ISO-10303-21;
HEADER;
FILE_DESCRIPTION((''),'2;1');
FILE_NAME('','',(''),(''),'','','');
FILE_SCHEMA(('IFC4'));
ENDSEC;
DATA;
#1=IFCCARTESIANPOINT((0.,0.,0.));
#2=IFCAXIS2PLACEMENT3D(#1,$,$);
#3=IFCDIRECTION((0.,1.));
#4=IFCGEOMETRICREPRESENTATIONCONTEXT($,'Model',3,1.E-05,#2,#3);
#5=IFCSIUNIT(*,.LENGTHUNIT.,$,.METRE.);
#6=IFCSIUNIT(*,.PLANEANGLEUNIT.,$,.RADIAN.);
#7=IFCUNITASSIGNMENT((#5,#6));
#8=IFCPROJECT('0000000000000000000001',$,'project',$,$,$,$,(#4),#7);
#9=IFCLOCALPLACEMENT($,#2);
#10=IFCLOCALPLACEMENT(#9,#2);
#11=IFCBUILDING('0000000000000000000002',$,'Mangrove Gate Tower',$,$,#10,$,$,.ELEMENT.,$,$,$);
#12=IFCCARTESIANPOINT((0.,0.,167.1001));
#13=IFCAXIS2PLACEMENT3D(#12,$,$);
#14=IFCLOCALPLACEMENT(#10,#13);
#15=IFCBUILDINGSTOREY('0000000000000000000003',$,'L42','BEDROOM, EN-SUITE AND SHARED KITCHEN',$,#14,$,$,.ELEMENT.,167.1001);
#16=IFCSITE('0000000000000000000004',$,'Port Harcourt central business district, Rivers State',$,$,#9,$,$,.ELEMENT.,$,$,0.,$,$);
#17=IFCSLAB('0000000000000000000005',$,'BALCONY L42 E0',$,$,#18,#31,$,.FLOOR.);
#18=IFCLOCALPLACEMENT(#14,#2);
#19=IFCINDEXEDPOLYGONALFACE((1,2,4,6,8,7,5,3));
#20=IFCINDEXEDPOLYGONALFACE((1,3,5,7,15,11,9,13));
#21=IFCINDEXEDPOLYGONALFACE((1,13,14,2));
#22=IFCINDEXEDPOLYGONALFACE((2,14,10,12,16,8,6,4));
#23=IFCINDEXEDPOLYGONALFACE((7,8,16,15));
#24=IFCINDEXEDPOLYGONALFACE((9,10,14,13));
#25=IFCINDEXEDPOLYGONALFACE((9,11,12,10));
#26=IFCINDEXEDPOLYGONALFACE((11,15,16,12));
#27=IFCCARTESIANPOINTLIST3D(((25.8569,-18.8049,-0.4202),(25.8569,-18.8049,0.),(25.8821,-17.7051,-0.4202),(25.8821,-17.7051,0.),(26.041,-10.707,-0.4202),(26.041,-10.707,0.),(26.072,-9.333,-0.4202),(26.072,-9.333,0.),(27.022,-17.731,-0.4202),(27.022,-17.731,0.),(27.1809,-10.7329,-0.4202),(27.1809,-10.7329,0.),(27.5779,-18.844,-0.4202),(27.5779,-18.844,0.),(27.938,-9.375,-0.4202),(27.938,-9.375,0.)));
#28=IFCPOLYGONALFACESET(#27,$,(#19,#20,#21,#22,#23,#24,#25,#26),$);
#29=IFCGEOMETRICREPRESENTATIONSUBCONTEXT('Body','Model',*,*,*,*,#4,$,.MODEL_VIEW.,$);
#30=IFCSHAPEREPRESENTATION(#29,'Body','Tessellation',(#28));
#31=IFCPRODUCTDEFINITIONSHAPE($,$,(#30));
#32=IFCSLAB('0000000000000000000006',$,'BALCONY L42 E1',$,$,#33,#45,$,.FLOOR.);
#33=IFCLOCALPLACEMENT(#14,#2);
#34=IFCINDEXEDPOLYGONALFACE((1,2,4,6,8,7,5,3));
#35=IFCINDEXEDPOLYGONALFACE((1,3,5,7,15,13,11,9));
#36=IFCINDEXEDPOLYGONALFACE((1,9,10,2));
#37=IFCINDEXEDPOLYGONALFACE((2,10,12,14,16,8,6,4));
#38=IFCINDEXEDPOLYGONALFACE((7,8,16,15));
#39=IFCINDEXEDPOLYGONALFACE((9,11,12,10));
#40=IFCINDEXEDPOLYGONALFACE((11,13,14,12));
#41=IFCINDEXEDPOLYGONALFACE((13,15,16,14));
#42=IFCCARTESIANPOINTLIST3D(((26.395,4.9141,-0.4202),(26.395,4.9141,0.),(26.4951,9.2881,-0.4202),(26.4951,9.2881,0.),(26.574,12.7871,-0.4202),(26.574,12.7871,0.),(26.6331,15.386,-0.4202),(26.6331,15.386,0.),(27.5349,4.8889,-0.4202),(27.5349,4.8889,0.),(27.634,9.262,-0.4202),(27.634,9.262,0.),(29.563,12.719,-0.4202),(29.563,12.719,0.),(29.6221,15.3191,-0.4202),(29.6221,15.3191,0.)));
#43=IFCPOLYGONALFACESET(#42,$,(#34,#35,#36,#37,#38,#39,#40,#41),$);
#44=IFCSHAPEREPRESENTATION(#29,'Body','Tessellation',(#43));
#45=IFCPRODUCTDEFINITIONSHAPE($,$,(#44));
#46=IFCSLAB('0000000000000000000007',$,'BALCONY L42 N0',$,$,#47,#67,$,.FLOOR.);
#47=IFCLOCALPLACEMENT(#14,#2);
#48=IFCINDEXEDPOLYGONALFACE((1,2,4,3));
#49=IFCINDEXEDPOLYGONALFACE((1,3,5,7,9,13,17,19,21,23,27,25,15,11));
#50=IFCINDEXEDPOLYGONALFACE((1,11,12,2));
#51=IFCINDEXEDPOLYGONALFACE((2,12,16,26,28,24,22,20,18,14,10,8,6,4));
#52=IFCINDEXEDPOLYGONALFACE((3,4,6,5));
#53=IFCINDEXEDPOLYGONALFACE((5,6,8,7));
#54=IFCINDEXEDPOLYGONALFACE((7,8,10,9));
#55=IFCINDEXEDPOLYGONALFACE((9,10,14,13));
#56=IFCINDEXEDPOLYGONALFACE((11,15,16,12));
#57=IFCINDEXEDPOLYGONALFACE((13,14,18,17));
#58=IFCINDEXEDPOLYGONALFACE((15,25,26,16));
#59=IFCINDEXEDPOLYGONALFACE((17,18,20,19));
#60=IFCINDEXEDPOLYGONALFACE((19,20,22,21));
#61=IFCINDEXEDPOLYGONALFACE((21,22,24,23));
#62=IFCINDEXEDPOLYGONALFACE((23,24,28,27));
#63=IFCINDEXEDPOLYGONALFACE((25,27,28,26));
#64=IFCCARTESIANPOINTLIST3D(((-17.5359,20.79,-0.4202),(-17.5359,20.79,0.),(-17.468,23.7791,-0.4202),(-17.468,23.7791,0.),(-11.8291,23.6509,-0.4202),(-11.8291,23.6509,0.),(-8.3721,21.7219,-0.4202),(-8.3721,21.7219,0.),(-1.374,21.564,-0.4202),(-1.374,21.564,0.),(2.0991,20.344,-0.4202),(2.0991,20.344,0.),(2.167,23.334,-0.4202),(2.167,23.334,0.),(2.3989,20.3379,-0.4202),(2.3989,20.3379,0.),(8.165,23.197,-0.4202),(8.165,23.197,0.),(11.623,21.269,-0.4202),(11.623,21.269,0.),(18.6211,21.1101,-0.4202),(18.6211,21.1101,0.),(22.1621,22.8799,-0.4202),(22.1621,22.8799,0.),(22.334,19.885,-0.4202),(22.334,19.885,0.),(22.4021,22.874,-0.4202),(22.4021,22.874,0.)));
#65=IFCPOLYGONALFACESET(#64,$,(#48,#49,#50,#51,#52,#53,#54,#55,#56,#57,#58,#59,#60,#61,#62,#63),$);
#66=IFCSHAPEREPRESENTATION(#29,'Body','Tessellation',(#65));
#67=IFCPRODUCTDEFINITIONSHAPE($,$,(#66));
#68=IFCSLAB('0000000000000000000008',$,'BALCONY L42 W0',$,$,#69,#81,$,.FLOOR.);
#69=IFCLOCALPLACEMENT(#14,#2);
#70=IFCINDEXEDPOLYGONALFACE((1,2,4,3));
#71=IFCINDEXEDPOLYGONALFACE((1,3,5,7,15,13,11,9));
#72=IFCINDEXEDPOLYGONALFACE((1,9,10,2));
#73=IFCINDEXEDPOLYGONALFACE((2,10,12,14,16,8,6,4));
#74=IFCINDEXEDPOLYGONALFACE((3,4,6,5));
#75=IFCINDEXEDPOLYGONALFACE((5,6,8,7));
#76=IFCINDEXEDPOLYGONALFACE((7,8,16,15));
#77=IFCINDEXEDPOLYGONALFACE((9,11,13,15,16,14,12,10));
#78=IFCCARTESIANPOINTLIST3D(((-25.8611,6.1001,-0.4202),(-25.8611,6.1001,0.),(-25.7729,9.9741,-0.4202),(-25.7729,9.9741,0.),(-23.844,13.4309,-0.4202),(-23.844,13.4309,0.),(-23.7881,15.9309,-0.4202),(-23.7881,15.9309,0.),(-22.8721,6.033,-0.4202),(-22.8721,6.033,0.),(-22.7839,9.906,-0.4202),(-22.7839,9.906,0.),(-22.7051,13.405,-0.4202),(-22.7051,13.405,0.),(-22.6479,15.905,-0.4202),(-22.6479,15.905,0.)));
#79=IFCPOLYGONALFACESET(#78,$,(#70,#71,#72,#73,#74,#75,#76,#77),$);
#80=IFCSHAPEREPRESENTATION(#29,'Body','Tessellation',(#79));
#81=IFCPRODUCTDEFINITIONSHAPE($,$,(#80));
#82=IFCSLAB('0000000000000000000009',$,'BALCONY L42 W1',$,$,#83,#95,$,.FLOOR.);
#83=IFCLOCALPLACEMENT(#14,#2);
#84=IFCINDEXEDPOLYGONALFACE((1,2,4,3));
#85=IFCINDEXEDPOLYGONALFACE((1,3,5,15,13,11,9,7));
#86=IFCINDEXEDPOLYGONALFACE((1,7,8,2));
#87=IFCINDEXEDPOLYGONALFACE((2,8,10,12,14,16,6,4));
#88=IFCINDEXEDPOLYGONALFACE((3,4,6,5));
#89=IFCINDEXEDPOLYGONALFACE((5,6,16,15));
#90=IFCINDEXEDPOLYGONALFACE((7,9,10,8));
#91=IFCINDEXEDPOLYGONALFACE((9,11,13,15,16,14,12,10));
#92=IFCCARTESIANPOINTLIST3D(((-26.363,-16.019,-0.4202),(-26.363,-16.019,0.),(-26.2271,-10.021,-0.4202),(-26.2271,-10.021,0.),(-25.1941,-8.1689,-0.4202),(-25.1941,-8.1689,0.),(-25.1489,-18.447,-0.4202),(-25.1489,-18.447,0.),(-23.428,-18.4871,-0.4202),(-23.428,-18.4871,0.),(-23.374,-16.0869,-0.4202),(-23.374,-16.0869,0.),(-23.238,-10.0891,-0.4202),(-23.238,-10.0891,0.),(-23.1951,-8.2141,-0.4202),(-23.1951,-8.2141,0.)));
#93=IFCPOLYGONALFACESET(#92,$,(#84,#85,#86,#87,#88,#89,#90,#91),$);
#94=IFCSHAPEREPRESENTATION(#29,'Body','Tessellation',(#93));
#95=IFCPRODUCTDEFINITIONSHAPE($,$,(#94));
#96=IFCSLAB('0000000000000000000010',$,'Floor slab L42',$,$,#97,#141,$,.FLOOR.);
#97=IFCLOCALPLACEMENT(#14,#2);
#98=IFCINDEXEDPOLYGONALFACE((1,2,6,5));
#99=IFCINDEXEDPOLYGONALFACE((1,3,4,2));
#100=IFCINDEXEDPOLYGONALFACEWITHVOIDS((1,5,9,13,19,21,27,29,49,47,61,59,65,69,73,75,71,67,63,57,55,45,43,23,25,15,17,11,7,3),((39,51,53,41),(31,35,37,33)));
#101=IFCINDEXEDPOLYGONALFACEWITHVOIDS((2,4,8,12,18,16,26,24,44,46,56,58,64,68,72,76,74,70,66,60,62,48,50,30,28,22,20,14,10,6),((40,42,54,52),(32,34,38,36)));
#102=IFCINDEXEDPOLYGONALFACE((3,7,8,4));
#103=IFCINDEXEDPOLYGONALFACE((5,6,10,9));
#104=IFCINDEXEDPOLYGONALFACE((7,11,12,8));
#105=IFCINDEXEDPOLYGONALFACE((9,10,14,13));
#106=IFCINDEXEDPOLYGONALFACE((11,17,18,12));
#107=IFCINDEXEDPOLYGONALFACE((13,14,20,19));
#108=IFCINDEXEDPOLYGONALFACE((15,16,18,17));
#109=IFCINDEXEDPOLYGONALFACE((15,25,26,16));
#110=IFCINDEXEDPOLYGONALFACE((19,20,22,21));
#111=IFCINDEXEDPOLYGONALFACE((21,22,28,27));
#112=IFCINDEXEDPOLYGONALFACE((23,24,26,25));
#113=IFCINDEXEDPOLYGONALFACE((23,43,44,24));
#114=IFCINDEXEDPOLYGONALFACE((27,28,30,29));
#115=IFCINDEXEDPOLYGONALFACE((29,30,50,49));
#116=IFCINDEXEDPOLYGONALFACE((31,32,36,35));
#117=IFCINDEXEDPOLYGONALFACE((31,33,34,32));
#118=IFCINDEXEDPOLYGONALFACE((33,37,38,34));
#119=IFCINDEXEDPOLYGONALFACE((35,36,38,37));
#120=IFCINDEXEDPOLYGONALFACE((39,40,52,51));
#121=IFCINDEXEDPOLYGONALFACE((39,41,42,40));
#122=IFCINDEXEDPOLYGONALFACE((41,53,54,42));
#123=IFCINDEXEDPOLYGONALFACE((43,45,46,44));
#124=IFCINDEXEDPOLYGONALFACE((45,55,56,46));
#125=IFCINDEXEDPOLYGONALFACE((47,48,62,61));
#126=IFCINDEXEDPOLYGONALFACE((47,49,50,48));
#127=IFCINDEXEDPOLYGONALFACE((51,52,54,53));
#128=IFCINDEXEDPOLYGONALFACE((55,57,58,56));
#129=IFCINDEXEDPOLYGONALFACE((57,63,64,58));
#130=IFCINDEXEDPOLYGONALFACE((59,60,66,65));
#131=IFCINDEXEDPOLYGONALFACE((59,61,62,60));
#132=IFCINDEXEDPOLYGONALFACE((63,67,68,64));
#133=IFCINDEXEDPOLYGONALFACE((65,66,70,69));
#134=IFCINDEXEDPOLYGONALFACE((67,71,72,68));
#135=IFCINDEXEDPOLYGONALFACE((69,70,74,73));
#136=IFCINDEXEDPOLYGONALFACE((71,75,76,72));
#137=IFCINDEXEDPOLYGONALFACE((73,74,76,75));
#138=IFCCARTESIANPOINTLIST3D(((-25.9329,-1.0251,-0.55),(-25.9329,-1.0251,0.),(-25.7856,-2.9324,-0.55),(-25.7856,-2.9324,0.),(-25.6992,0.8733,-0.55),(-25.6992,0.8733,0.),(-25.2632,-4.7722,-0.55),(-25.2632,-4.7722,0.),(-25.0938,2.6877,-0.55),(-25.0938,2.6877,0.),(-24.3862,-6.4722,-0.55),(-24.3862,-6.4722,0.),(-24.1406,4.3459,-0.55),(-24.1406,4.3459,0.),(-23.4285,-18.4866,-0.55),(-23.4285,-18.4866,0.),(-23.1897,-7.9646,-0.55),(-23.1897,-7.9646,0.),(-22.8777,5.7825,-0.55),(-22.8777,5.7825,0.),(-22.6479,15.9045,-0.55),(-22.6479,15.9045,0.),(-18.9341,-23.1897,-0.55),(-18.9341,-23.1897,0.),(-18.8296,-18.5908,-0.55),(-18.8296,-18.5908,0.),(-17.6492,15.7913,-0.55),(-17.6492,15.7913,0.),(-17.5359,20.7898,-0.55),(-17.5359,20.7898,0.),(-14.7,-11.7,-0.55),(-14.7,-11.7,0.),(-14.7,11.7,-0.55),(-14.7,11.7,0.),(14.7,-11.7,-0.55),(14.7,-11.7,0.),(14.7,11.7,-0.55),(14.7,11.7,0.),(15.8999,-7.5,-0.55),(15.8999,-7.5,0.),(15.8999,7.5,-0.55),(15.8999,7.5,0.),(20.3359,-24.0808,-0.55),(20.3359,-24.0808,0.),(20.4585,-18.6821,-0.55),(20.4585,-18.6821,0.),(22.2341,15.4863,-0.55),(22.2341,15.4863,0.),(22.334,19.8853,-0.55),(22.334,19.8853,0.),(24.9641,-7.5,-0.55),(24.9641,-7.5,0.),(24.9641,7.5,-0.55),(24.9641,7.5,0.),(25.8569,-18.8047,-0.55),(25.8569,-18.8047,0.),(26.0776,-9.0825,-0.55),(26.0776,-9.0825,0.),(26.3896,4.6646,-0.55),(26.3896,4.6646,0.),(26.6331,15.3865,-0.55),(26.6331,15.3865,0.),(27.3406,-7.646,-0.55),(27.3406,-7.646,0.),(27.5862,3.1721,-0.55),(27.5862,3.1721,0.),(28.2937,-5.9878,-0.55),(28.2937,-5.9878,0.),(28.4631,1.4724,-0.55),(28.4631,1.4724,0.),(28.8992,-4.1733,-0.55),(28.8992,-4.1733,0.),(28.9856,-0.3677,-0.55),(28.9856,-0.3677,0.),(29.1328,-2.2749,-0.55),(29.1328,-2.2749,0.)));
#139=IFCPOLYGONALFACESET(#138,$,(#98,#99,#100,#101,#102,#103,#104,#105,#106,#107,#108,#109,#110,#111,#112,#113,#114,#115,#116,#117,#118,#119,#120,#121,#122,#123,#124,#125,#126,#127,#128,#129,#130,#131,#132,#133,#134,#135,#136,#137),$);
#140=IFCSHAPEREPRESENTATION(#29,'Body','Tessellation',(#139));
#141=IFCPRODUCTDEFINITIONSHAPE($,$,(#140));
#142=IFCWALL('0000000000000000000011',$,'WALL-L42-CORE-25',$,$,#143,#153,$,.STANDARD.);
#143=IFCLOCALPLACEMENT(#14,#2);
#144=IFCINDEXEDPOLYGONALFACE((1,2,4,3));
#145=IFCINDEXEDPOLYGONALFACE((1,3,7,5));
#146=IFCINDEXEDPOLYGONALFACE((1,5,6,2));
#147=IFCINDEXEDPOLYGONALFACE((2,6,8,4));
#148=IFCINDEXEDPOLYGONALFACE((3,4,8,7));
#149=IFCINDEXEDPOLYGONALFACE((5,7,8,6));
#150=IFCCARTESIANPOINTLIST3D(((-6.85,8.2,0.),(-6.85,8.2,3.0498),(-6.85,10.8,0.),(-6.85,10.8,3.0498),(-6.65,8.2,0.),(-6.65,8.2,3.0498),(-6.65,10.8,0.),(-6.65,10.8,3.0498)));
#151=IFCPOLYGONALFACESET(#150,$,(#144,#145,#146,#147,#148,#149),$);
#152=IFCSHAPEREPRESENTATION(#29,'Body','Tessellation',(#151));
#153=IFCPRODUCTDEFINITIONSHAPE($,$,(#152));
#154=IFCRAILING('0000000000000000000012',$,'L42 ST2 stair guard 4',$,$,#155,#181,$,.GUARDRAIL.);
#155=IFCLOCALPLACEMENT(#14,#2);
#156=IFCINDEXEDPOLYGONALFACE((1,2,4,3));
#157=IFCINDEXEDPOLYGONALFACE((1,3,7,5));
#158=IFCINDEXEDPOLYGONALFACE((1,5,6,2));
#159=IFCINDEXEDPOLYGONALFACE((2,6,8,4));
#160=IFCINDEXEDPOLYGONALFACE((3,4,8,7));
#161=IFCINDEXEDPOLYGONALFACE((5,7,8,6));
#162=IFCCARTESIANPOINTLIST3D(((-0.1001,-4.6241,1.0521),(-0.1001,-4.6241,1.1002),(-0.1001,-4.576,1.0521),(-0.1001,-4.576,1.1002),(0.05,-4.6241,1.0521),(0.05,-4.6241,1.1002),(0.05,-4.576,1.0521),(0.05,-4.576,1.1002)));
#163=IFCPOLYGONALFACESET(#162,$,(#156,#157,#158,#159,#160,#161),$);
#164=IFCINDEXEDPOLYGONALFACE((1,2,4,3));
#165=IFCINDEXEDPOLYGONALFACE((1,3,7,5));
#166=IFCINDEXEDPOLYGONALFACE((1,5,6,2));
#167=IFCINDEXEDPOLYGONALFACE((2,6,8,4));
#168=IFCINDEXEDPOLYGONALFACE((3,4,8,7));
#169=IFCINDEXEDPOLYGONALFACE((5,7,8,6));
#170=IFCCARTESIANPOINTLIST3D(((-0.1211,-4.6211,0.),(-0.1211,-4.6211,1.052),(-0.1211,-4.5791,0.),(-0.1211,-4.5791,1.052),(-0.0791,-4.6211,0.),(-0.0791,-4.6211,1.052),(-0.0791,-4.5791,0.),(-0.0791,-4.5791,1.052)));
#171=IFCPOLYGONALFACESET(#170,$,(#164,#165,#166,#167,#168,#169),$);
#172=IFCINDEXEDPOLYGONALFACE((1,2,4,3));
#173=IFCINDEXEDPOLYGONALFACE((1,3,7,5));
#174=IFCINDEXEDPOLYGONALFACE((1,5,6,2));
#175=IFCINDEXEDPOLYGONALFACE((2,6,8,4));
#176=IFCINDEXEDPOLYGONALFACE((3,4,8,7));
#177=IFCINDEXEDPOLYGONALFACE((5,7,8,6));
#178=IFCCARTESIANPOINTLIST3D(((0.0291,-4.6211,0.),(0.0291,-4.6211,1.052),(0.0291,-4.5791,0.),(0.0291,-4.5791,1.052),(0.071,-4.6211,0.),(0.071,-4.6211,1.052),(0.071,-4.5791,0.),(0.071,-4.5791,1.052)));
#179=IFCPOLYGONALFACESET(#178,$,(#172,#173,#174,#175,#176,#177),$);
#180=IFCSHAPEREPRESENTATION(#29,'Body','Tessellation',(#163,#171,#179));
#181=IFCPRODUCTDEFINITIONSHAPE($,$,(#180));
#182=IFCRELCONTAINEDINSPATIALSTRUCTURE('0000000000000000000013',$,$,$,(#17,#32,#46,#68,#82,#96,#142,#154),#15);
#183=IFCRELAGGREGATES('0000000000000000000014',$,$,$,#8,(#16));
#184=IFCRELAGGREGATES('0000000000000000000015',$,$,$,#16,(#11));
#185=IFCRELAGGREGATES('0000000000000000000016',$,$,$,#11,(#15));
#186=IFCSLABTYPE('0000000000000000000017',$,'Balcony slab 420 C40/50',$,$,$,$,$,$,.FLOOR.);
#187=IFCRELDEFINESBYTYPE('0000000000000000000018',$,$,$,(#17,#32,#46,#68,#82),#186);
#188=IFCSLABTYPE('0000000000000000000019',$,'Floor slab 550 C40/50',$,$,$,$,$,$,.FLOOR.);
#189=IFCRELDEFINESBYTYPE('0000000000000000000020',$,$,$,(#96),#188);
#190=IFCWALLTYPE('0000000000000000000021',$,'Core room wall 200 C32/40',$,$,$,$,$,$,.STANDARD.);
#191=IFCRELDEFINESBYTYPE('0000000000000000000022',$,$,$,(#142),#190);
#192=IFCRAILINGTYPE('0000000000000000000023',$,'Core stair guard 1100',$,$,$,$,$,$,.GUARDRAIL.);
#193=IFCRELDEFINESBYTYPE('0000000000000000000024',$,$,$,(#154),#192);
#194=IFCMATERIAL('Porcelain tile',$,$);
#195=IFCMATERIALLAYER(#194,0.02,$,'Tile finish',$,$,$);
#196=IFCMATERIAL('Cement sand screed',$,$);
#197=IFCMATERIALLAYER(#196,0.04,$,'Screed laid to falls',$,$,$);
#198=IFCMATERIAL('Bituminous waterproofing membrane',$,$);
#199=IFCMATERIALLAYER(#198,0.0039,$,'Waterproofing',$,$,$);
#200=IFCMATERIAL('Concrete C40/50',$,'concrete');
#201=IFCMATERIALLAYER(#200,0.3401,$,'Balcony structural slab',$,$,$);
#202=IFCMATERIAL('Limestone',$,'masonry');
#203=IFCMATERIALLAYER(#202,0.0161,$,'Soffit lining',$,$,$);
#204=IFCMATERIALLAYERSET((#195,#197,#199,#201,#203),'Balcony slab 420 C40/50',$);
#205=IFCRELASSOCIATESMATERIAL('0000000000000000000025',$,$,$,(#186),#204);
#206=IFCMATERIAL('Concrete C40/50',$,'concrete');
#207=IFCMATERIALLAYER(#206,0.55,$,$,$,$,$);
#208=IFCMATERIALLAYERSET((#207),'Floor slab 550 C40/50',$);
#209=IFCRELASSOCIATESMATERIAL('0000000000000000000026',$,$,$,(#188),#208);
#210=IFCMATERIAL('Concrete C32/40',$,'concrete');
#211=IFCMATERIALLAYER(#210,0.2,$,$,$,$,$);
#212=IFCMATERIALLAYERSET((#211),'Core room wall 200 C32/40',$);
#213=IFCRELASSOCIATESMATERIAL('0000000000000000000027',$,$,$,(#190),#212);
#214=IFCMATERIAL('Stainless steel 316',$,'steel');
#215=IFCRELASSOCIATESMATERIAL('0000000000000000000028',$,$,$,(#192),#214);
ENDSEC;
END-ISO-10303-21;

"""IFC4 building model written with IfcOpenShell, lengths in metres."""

from ifc_helpers import new_model, si_unit, direction, frame, frame_2d, origin, origin_2d, place, context, subcontext, project, spatial, polyline, rectangle, outline, extrude, material, layer, layer_set, type_object, element, save


model = new_model("IFC4")

# Units and contexts
model_context = context("Model", 3, precision=1e-05, world=origin(), true_north=direction((0.0, 1.0)))
body_context = subcontext(model_context, "Body", "Model", "MODEL_VIEW")
ifc_project = project(units=[si_unit("LENGTHUNIT", "METRE"), si_unit("PLANEANGLEUNIT", "RADIAN")], contexts=[model_context])

# Site, building, storey
site_placement = place(None, origin())
site = spatial("IfcSite", under=ifc_project, at=site_placement, Name="Port Harcourt central business district, Rivers State", CompositionType="ELEMENT", RefElevation=0.0)
building_placement = place(site_placement, origin())
building = spatial("IfcBuilding", under=site, at=building_placement, Name="Mangrove Gate Tower", CompositionType="ELEMENT")
storey_placement = place(building_placement, frame((0.0, 0.0, 167.1001)))
storey = spatial("IfcBuildingStorey", under=building, at=storey_placement, Name="L42", Description="BEDROOM, EN-SUITE AND SHARED KITCHEN", CompositionType="ELEMENT", Elevation=167.1001)

# Slabs
ifc_material_1 = material(Name="Porcelain tile")
ifc_layer_1 = layer(ifc_material_1, 0.02, Name="Tile finish")
ifc_material_2 = material(Name="Cement sand screed")
ifc_layer_2 = layer(ifc_material_2, 0.04, Name="Screed laid to falls")
ifc_material_3 = material(Name="Bituminous waterproofing membrane")
ifc_layer_3 = layer(ifc_material_3, 0.0039, Name="Waterproofing")
ifc_material_4 = material(Name="Concrete C40/50", Category="concrete")
ifc_layer_4 = layer(ifc_material_4, 0.3401, Name="Balcony structural slab")
ifc_material_5 = material(Name="Limestone", Category="masonry")
ifc_layer_5 = layer(ifc_material_5, 0.0161, Name="Soffit lining")
ifc_layer_set_1 = layer_set([ifc_layer_1, ifc_layer_2, ifc_layer_3, ifc_layer_4, ifc_layer_5], Name="Balcony slab 420 C40/50")
slab_type_1 = type_object("IfcSlabType", Name="Balcony slab 420 C40/50", PredefinedType="FLOOR", material=ifc_layer_set_1)
slab_1_placement = place(storey_placement, frame((0.0, 0.0, -0.4202)))
element("IfcSlab", 1, at=slab_1_placement, inside=storey, type_object=slab_type_1, Name="BALCONY L42 E0", PredefinedType="FLOOR", context=body_context, shape_type="SweptSolid", body=[
    extrude(outline(polyline([(27.5779, -18.844), (27.022, -17.731), (27.1809, -10.7329), (27.938, -9.375), (26.072, -9.333), (26.041, -10.707), (25.8821, -17.7051), (25.8569, -18.8049), (27.5779, -18.844)])), origin(), (0.0, 0.0, 1.0), 0.4202),
])
slab_2_placement = place(storey_placement, frame((0.0, 0.0, -0.4202)))
element("IfcSlab", 2, at=slab_2_placement, inside=storey, type_object=slab_type_1, Name="BALCONY L42 E1", PredefinedType="FLOOR", context=body_context, shape_type="SweptSolid", body=[
    extrude(outline(polyline([(27.5349, 4.8889), (27.634, 9.262), (29.563, 12.719), (29.6221, 15.3191), (26.6331, 15.386), (26.574, 12.7871), (26.4951, 9.2881), (26.395, 4.9141), (27.5349, 4.8889)])), origin(), (0.0, 0.0, 1.0), 0.4202),
])
slab_3_placement = place(storey_placement, frame((0.0, 0.0, -0.4202)))
element("IfcSlab", 3, at=slab_3_placement, inside=storey, type_object=slab_type_1, Name="BALCONY L42 N0", PredefinedType="FLOOR", context=body_context, shape_type="SweptSolid", body=[
    extrude(outline(polyline([(22.4021, 22.874), (22.1621, 22.8799), (18.6211, 21.1101), (11.623, 21.269), (8.165, 23.197), (2.167, 23.334), (-1.374, 21.564), (-8.3721, 21.7219), (-11.8291, 23.6509), (-17.468, 23.7791), (-17.5359, 20.79), (2.0991, 20.344), (2.3989, 20.3379), (22.334, 19.885), (22.4021, 22.874)])), origin(), (0.0, 0.0, 1.0), 0.4202),
])
slab_4_placement = place(storey_placement, frame((0.0, 0.0, -0.4202)))
element("IfcSlab", 4, at=slab_4_placement, inside=storey, type_object=slab_type_1, Name="BALCONY L42 W0", PredefinedType="FLOOR", context=body_context, shape_type="SweptSolid", body=[
    extrude(outline(polyline([(-23.7881, 15.9309), (-23.844, 13.4309), (-25.7729, 9.9741), (-25.8611, 6.1001), (-22.8721, 6.033), (-22.7839, 9.906), (-22.7051, 13.405), (-22.6479, 15.905), (-23.7881, 15.9309)])), origin(), (0.0, 0.0, 1.0), 0.4202),
])
slab_5_placement = place(storey_placement, frame((0.0, 0.0, -0.4202)))
element("IfcSlab", 5, at=slab_5_placement, inside=storey, type_object=slab_type_1, Name="BALCONY L42 W1", PredefinedType="FLOOR", context=body_context, shape_type="SweptSolid", body=[
    extrude(outline(polyline([(-25.1941, -8.1689), (-26.2271, -10.021), (-26.363, -16.019), (-25.1489, -18.447), (-23.428, -18.4871), (-23.374, -16.0869), (-23.238, -10.0891), (-23.1951, -8.2141), (-25.1941, -8.1689)])), origin(), (0.0, 0.0, 1.0), 0.4202),
])
ifc_material_6 = material(Name="Concrete C40/50", Category="concrete")
ifc_layer_6 = layer(ifc_material_6, 0.55)
ifc_layer_set_2 = layer_set([ifc_layer_6], Name="Floor slab 550 C40/50")
slab_type_2 = type_object("IfcSlabType", Name="Floor slab 550 C40/50", PredefinedType="FLOOR", material=ifc_layer_set_2)
slab_6_placement = place(storey_placement, frame((0.0, 0.0, -0.55)))
element("IfcSlab", 6, at=slab_6_placement, inside=storey, type_object=slab_type_2, Name="Floor slab L42", PredefinedType="FLOOR", context=body_context, shape_type="SweptSolid", body=[
    extrude(outline(polyline([(-18.9341, -23.1897), (20.3359, -24.0808), (20.4585, -18.6821), (25.8569, -18.8047), (26.0776, -9.0825), (27.3406, -7.646), (28.2937, -5.9878), (28.8992, -4.1733), (29.1328, -2.2749), (28.9856, -0.3677), (28.4631, 1.4724), (27.5862, 3.1721), (26.3896, 4.6646), (26.6331, 15.3865), (22.2341, 15.4863), (22.334, 19.8853), (-17.5359, 20.7898), (-17.6492, 15.7913), (-22.6479, 15.9045), (-22.8777, 5.7825), (-24.1406, 4.3459), (-25.0938, 2.6877), (-25.6992, 0.8733), (-25.9329, -1.0251), (-25.7856, -2.9324), (-25.2632, -4.7722), (-24.3862, -6.4722), (-23.1897, -7.9646), (-23.4285, -18.4866), (-18.8296, -18.5908), (-18.9341, -23.1897)]), holes=[polyline([(15.8999, 7.5), (24.9641, 7.5), (24.9641, -7.5), (15.8999, -7.5), (15.8999, 7.5)]), polyline([(-14.7, -11.7), (-14.7, 11.7), (14.7, 11.7), (14.7, -11.7), (-14.7, -11.7)])]), origin(), (0.0, 0.0, 1.0), 0.55),
])

# Wall
ifc_material_7 = material(Name="Concrete C32/40", Category="concrete")
ifc_layer_7 = layer(ifc_material_7, 0.2)
ifc_layer_set_3 = layer_set([ifc_layer_7], Name="Core room wall 200 C32/40")
wall_type = type_object("IfcWallType", Name="Core room wall 200 C32/40", PredefinedType="STANDARD", material=ifc_layer_set_3)
wall_placement = place(storey_placement, frame((-6.75, 8.2, 0.0), z_axis=(0.0, 0.0, 1.0), x_axis=(0.0, 1.0, 0.0)))
element("IfcWall", 7, at=wall_placement, inside=storey, type_object=wall_type, Name="WALL-L42-CORE-25", PredefinedType="STANDARD", context=body_context, shape_type="SweptSolid", body=[
    extrude(rectangle(XDim=2.6001, YDim=0.2, at=frame_2d((1.3, 0.0))), origin(), (0.0, 0.0, 1.0), 3.0498),
])

# Railing
ifc_material_8 = material(Name="Stainless steel 316", Category="steel")
railing_type = type_object("IfcRailingType", Name="Core stair guard 1100", PredefinedType="GUARDRAIL", material=ifc_material_8)
railing_placement = place(storey_placement, frame((-0.1001, -4.6001, 0.0)))
element("IfcRailing", 8, at=railing_placement, inside=storey, type_object=railing_type, Name="L42 ST2 stair guard 4", PredefinedType="GUARDRAIL", context=body_context, shape_type="SweptSolid", body=[
    extrude(rectangle(XDim=0.0481, YDim=0.0481, at=origin_2d()), frame((0.0, 0.0, 1.0762), z_axis=(1.0, 0.0, 0.0), x_axis=(0.0, 1.0, 0.0)), (0.0, 0.0, 1.0), 0.1501),
    extrude(rectangle(XDim=0.042, YDim=0.042, at=origin_2d()), origin(), (0.0, 0.0, 1.0), 1.052),
    extrude(rectangle(XDim=0.042, YDim=0.042, at=origin_2d()), frame((0.1501, 0.0, 0.0)), (0.0, 0.0, 1.0), 1.052),
])

save(model, "model.ifc")
